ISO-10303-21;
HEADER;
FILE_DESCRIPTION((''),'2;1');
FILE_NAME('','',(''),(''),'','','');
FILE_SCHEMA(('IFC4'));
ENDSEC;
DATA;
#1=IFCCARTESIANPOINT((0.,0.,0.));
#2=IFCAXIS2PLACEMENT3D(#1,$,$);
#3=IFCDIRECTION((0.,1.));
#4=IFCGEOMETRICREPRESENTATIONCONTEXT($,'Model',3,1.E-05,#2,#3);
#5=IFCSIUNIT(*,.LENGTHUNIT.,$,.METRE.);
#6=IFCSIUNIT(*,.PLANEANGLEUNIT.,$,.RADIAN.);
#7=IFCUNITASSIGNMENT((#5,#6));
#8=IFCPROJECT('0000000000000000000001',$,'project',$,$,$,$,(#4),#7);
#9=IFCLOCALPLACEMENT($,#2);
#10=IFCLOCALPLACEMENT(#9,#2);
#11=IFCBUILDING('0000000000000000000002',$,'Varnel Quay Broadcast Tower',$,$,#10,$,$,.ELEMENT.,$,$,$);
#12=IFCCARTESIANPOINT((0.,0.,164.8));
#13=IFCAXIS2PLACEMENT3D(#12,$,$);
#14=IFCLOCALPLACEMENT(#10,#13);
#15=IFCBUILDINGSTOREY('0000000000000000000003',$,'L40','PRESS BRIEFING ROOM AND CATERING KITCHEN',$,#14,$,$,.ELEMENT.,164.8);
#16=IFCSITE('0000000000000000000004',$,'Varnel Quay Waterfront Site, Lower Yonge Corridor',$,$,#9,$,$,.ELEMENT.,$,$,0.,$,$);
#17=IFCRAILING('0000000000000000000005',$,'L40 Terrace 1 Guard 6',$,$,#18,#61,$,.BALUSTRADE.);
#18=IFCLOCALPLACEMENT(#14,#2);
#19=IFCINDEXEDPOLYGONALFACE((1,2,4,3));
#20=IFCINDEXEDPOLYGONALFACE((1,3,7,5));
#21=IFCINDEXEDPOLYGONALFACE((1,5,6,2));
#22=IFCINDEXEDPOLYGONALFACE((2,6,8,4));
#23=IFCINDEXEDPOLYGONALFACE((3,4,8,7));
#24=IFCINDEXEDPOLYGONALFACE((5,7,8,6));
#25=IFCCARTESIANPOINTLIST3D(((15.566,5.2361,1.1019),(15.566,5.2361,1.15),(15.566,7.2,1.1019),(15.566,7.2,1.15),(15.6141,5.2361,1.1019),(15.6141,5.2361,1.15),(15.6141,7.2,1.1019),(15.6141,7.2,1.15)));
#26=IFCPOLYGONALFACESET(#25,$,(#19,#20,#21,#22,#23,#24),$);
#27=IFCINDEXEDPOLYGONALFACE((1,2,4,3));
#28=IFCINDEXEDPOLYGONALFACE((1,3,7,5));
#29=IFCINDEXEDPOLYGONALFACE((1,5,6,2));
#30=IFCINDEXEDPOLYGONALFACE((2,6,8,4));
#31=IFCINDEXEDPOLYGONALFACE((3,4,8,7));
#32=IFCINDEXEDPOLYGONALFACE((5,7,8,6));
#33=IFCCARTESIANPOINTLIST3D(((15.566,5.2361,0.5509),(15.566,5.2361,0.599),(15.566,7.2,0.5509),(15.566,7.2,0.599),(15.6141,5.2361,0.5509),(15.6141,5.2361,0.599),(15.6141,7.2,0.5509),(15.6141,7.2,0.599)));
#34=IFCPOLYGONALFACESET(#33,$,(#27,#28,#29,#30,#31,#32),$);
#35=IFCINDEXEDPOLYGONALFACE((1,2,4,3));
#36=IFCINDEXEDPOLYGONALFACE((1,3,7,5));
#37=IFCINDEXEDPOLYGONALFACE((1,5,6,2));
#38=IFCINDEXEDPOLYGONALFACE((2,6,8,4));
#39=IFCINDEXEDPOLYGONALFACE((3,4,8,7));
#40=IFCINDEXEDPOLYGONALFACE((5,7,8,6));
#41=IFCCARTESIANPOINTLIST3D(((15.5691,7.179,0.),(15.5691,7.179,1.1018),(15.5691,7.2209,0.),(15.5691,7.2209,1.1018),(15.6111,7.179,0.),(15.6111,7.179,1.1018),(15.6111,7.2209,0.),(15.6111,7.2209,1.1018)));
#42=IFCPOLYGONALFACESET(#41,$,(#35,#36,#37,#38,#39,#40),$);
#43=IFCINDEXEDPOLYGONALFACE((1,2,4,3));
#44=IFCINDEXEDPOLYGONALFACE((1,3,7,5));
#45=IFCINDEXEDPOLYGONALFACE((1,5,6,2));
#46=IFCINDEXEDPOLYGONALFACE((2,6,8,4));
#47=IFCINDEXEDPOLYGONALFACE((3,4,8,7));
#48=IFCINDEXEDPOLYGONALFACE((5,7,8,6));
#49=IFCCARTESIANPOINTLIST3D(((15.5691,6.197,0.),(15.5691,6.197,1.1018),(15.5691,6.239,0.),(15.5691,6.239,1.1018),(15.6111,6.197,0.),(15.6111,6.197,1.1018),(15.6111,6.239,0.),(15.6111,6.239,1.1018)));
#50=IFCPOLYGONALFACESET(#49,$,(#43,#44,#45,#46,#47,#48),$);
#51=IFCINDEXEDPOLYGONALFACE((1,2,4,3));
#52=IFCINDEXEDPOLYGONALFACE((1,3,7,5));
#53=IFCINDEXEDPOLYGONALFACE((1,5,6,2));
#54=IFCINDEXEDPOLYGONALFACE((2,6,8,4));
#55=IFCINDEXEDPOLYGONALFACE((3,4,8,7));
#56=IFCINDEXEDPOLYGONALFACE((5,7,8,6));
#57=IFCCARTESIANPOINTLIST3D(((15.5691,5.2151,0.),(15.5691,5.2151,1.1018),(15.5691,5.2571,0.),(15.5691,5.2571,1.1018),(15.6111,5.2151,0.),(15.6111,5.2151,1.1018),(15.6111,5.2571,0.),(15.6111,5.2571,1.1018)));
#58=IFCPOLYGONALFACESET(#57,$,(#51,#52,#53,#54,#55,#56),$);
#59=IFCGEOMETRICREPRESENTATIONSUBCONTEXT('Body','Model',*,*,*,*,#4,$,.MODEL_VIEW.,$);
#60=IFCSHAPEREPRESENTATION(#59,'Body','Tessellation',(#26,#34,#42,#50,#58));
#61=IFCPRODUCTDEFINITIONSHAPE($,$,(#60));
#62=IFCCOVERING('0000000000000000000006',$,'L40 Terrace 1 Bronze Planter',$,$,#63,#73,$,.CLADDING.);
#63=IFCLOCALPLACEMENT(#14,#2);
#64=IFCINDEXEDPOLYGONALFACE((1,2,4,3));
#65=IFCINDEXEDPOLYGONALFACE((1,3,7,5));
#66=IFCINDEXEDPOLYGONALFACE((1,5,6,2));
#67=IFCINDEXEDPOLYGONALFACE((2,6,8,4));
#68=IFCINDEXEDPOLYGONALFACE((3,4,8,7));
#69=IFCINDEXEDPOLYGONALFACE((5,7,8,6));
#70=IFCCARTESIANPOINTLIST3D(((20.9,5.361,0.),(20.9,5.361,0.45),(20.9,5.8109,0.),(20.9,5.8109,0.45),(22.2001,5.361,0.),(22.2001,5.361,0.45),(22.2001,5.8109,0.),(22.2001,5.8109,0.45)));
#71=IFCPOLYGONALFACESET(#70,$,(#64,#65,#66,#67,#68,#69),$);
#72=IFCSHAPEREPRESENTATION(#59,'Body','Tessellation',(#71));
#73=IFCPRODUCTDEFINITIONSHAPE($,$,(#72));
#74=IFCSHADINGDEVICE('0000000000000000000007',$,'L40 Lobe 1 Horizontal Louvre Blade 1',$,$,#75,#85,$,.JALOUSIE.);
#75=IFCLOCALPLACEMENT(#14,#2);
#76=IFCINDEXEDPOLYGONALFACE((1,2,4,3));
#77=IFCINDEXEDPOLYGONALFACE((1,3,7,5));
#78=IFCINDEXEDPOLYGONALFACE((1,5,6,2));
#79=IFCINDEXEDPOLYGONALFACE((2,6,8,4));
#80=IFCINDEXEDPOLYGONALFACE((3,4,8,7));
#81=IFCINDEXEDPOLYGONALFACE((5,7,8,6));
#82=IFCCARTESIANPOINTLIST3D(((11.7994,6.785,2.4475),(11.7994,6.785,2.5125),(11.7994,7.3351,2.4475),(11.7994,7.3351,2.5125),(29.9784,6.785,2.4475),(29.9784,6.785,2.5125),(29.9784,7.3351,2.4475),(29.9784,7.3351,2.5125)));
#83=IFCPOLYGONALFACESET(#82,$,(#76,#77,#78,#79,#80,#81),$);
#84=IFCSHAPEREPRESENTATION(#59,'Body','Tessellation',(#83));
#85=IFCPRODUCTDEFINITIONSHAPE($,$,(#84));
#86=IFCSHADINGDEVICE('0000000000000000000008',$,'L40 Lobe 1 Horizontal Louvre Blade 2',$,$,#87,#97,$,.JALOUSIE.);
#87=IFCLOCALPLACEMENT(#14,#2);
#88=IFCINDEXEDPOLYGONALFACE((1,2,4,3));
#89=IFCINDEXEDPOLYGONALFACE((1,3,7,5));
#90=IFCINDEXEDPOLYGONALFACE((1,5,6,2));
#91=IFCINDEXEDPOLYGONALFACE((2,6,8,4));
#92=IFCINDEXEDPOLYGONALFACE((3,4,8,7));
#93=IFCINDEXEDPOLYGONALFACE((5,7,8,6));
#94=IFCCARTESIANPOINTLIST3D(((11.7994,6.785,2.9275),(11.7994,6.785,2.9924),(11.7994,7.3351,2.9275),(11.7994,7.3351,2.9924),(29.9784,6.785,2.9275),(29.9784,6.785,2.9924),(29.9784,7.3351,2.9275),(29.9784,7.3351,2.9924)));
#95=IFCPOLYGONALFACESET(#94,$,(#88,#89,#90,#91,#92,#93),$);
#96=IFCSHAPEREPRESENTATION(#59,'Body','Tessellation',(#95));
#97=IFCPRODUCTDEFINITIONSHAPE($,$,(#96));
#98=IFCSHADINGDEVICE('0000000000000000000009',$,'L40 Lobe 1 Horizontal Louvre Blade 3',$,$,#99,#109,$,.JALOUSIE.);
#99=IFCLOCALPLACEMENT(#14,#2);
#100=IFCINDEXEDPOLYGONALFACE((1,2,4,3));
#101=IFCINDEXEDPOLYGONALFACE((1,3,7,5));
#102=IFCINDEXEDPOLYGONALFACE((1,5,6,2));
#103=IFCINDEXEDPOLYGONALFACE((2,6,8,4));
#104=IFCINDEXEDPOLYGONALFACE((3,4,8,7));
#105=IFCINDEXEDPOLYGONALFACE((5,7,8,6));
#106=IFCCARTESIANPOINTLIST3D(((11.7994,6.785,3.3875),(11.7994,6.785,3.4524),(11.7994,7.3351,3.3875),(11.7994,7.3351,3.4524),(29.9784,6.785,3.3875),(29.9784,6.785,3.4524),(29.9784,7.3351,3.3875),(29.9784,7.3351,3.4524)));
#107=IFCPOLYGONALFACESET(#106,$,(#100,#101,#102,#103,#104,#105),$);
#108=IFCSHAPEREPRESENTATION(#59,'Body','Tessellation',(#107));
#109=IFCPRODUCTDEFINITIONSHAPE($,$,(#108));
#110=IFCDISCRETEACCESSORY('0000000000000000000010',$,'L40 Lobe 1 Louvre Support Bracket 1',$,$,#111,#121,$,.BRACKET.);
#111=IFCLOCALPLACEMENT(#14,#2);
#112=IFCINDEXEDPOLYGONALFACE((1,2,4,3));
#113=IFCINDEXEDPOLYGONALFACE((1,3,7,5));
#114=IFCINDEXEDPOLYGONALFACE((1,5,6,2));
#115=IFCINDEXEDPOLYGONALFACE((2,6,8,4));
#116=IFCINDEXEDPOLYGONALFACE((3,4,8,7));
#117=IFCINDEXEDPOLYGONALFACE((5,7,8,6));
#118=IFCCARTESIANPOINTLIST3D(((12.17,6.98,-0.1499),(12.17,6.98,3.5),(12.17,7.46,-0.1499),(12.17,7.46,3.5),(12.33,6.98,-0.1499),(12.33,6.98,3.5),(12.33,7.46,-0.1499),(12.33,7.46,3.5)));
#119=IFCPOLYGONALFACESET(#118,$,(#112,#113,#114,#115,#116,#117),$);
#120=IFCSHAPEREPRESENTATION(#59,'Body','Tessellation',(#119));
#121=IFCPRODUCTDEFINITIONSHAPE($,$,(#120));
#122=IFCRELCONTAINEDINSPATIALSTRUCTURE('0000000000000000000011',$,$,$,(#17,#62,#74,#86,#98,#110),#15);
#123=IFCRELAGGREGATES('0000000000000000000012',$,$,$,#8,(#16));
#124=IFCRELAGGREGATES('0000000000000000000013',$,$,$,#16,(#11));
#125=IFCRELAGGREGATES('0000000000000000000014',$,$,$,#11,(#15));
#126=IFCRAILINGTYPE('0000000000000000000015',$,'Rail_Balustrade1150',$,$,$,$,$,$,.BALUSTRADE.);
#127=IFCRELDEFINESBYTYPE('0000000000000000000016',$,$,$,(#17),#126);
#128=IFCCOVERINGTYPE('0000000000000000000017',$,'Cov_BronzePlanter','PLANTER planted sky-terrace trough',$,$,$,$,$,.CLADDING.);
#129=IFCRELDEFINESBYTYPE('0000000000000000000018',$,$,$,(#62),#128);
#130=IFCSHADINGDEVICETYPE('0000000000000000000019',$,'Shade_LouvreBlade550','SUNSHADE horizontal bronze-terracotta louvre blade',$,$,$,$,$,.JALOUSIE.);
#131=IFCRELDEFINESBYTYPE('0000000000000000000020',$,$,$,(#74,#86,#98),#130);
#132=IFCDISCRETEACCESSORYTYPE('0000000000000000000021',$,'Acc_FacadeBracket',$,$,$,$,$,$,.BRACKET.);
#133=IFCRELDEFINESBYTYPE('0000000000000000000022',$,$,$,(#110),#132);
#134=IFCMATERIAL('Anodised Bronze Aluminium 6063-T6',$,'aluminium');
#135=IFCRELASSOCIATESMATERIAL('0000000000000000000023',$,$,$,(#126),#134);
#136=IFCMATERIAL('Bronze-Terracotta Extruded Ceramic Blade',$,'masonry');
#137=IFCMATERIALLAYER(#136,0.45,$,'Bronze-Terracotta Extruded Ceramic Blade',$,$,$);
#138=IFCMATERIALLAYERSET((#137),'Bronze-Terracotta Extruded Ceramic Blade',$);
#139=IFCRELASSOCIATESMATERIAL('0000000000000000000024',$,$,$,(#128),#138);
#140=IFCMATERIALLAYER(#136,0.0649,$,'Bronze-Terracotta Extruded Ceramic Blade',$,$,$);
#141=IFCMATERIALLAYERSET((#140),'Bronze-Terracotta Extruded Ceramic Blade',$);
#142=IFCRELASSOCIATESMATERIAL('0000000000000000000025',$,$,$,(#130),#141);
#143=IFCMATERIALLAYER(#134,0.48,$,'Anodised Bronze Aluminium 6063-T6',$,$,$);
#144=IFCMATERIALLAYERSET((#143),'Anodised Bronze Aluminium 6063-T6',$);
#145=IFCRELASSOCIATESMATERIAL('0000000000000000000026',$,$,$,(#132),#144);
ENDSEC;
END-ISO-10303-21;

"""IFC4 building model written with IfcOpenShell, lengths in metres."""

from ifc_helpers import new_model, si_unit, direction, frame, origin, origin_2d, place, context, subcontext, project, spatial, rectangle, extrude, source, transform, mapped, material, layer, layer_set, type_object, type_shapes, element, save


model = new_model("IFC4")

# Units and contexts
model_context = context("Model", 3, precision=1e-05, world=origin(), true_north=direction((0.0, 1.0)))
body_context = subcontext(model_context, "Body", "Model", "MODEL_VIEW")
ifc_project = project(units=[si_unit("LENGTHUNIT", "METRE"), si_unit("PLANEANGLEUNIT", "RADIAN")], contexts=[model_context])

# Site, building, storey
site_placement = place(None, origin())
site = spatial("IfcSite", under=ifc_project, at=site_placement, Name="Varnel Quay Waterfront Site, Lower Yonge Corridor", CompositionType="ELEMENT", RefElevation=0.0)
building_placement = place(site_placement, origin())
building = spatial("IfcBuilding", under=site, at=building_placement, Name="Varnel Quay Broadcast Tower", CompositionType="ELEMENT")
storey_placement = place(building_placement, frame((0.0, 0.0, 164.8)))
storey = spatial("IfcBuildingStorey", under=building, at=storey_placement, Name="L40", Description="PRESS BRIEFING ROOM AND CATERING KITCHEN", CompositionType="ELEMENT", Elevation=164.8)

# Shared definitions
ifc_material_1 = material(Name="Anodised Bronze Aluminium 6063-T6", Category="aluminium")

# Railing
railing_type = type_object("IfcRailingType", Name="Rail_Balustrade1150", PredefinedType="BALUSTRADE", material=ifc_material_1)
railing_1_placement = place(storey_placement, frame((15.5901, 7.2, 0.0)))
element("IfcRailing", 1, at=railing_1_placement, inside=storey, type_object=railing_type, Name="L40 Terrace 1 Guard 6", PredefinedType="BALUSTRADE", context=body_context, shape_type="SweptSolid", body=[
    extrude(rectangle(XDim=0.0481, YDim=0.0481, at=origin_2d()), frame((0.0, 0.0, 1.126), z_axis=(0.0, -1.0, 0.0), x_axis=(1.0, 0.0, 0.0)), (0.0, 0.0, 1.0), 1.9639),
    extrude(rectangle(XDim=0.0481, YDim=0.0481, at=origin_2d()), frame((0.0, 0.0, 0.575), z_axis=(0.0, -1.0, 0.0), x_axis=(1.0, 0.0, 0.0)), (0.0, 0.0, 1.0), 1.9639),
    extrude(rectangle(XDim=0.042, YDim=0.042, at=origin_2d()), origin(), (0.0, 0.0, 1.0), 1.1018),
    extrude(rectangle(XDim=0.042, YDim=0.042, at=origin_2d()), frame((0.0, -0.9819, 0.0)), (0.0, 0.0, 1.0), 1.1018),
    extrude(rectangle(XDim=0.042, YDim=0.042, at=origin_2d()), frame((0.0, -1.9639, 0.0)), (0.0, 0.0, 1.0), 1.1018),
])

# Covering
ifc_material_2 = material(Name="Bronze-Terracotta Extruded Ceramic Blade", Category="masonry")
ifc_layer_1 = layer(ifc_material_2, 0.45, Name="Bronze-Terracotta Extruded Ceramic Blade")
ifc_layer_set_1 = layer_set([ifc_layer_1], Name="Bronze-Terracotta Extruded Ceramic Blade")
covering_type = type_object("IfcCoveringType", Name="Cov_BronzePlanter", Description="PLANTER planted sky-terrace trough", PredefinedType="CLADDING", material=ifc_layer_set_1)
shared_shape_1 = source(origin(), body_context, "Body", "SweptSolid", [
    extrude(rectangle(XDim=1.3, YDim=0.45, at=origin_2d()), origin(), (0.0, 0.0, 1.0), 0.45),
])
type_shapes(covering_type, [shared_shape_1])
covering_placement = place(storey_placement, frame((21.55, 5.5859, 0.0), z_axis=(0.0, 0.0, 1.0), x_axis=(1.0, 0.0, 0.0)))
element("IfcCovering", 2, at=covering_placement, inside=storey, type_object=covering_type, Name="L40 Terrace 1 Bronze Planter", PredefinedType="CLADDING", context=body_context, shape_type="MappedRepresentation", body=[
    mapped(shared_shape_1, transform((0.0, 0.0, 0.0), x_axis=(1.0, 0.0, 0.0), y_axis=(0.0, 1.0, 0.0), z_axis=(0.0, 0.0, 1.0), scale=1.0)),
])

# Shading devices
ifc_layer_2 = layer(ifc_material_2, 0.0649, Name="Bronze-Terracotta Extruded Ceramic Blade")
ifc_layer_set_2 = layer_set([ifc_layer_2], Name="Bronze-Terracotta Extruded Ceramic Blade")
shading_device_type = type_object("IfcShadingDeviceType", Name="Shade_LouvreBlade550", Description="SUNSHADE horizontal bronze-terracotta louvre blade", PredefinedType="JALOUSIE", material=ifc_layer_set_2)
shared_shape_2 = source(origin(), body_context, "Body", "SweptSolid", [
    extrude(rectangle(XDim=18.179, YDim=0.55, at=origin_2d()), origin(), (0.0, 0.0, 1.0), 0.0649),
])
type_shapes(shading_device_type, [shared_shape_2])
for number, where, z_axis, x_axis, name in (
    (3, (20.8889, 7.0601, 2.4475), (0.0, 0.0, 1.0), (1.0, 0.0, 0.0), "L40 Lobe 1 Horizontal Louvre Blade 1"),
    (4, (20.8889, 7.0601, 2.9275), (0.0, 0.0, 1.0), (1.0, 0.0, 0.0), "L40 Lobe 1 Horizontal Louvre Blade 2"),
    (5, (20.8889, 7.0601, 3.3875), (0.0, 0.0, 1.0), (1.0, 0.0, 0.0), "L40 Lobe 1 Horizontal Louvre Blade 3"),
):
    element("IfcShadingDevice", number, at=place(storey_placement, frame(where, z_axis=z_axis, x_axis=x_axis)), inside=storey, type_object=shading_device_type, Name=name, PredefinedType="JALOUSIE", context=body_context, shape_type="MappedRepresentation", body=[
        mapped(shared_shape_2, transform((0.0, 0.0, 0.0), x_axis=(1.0, 0.0, 0.0), y_axis=(0.0, 1.0, 0.0), z_axis=(0.0, 0.0, 1.0), scale=1.0)),
    ])

# Discrete accessory
ifc_layer_3 = layer(ifc_material_1, 0.48, Name="Anodised Bronze Aluminium 6063-T6")
ifc_layer_set_3 = layer_set([ifc_layer_3], Name="Anodised Bronze Aluminium 6063-T6")
discrete_accessory_type = type_object("IfcDiscreteAccessoryType", Name="Acc_FacadeBracket", PredefinedType="BRACKET", material=ifc_layer_set_3)
shared_shape_3 = source(origin(), body_context, "Body", "SweptSolid", [
    extrude(rectangle(XDim=0.1599, YDim=0.48, at=origin_2d()), origin(), (0.0, 0.0, 1.0), 3.6499),
])
type_shapes(discrete_accessory_type, [shared_shape_3])
discrete_accessory_placement = place(storey_placement, frame((12.25, 7.22, -0.1499), z_axis=(0.0, 0.0, 1.0), x_axis=(1.0, 0.0, 0.0)))
element("IfcDiscreteAccessory", 6, at=discrete_accessory_placement, inside=storey, type_object=discrete_accessory_type, Name="L40 Lobe 1 Louvre Support Bracket 1", PredefinedType="BRACKET", context=body_context, shape_type="MappedRepresentation", body=[
    mapped(shared_shape_3, transform((0.0, 0.0, 0.0), x_axis=(1.0, 0.0, 0.0), y_axis=(0.0, 1.0, 0.0), z_axis=(0.0, 0.0, 1.0), scale=1.0)),
])

save(model, "model.ifc")
